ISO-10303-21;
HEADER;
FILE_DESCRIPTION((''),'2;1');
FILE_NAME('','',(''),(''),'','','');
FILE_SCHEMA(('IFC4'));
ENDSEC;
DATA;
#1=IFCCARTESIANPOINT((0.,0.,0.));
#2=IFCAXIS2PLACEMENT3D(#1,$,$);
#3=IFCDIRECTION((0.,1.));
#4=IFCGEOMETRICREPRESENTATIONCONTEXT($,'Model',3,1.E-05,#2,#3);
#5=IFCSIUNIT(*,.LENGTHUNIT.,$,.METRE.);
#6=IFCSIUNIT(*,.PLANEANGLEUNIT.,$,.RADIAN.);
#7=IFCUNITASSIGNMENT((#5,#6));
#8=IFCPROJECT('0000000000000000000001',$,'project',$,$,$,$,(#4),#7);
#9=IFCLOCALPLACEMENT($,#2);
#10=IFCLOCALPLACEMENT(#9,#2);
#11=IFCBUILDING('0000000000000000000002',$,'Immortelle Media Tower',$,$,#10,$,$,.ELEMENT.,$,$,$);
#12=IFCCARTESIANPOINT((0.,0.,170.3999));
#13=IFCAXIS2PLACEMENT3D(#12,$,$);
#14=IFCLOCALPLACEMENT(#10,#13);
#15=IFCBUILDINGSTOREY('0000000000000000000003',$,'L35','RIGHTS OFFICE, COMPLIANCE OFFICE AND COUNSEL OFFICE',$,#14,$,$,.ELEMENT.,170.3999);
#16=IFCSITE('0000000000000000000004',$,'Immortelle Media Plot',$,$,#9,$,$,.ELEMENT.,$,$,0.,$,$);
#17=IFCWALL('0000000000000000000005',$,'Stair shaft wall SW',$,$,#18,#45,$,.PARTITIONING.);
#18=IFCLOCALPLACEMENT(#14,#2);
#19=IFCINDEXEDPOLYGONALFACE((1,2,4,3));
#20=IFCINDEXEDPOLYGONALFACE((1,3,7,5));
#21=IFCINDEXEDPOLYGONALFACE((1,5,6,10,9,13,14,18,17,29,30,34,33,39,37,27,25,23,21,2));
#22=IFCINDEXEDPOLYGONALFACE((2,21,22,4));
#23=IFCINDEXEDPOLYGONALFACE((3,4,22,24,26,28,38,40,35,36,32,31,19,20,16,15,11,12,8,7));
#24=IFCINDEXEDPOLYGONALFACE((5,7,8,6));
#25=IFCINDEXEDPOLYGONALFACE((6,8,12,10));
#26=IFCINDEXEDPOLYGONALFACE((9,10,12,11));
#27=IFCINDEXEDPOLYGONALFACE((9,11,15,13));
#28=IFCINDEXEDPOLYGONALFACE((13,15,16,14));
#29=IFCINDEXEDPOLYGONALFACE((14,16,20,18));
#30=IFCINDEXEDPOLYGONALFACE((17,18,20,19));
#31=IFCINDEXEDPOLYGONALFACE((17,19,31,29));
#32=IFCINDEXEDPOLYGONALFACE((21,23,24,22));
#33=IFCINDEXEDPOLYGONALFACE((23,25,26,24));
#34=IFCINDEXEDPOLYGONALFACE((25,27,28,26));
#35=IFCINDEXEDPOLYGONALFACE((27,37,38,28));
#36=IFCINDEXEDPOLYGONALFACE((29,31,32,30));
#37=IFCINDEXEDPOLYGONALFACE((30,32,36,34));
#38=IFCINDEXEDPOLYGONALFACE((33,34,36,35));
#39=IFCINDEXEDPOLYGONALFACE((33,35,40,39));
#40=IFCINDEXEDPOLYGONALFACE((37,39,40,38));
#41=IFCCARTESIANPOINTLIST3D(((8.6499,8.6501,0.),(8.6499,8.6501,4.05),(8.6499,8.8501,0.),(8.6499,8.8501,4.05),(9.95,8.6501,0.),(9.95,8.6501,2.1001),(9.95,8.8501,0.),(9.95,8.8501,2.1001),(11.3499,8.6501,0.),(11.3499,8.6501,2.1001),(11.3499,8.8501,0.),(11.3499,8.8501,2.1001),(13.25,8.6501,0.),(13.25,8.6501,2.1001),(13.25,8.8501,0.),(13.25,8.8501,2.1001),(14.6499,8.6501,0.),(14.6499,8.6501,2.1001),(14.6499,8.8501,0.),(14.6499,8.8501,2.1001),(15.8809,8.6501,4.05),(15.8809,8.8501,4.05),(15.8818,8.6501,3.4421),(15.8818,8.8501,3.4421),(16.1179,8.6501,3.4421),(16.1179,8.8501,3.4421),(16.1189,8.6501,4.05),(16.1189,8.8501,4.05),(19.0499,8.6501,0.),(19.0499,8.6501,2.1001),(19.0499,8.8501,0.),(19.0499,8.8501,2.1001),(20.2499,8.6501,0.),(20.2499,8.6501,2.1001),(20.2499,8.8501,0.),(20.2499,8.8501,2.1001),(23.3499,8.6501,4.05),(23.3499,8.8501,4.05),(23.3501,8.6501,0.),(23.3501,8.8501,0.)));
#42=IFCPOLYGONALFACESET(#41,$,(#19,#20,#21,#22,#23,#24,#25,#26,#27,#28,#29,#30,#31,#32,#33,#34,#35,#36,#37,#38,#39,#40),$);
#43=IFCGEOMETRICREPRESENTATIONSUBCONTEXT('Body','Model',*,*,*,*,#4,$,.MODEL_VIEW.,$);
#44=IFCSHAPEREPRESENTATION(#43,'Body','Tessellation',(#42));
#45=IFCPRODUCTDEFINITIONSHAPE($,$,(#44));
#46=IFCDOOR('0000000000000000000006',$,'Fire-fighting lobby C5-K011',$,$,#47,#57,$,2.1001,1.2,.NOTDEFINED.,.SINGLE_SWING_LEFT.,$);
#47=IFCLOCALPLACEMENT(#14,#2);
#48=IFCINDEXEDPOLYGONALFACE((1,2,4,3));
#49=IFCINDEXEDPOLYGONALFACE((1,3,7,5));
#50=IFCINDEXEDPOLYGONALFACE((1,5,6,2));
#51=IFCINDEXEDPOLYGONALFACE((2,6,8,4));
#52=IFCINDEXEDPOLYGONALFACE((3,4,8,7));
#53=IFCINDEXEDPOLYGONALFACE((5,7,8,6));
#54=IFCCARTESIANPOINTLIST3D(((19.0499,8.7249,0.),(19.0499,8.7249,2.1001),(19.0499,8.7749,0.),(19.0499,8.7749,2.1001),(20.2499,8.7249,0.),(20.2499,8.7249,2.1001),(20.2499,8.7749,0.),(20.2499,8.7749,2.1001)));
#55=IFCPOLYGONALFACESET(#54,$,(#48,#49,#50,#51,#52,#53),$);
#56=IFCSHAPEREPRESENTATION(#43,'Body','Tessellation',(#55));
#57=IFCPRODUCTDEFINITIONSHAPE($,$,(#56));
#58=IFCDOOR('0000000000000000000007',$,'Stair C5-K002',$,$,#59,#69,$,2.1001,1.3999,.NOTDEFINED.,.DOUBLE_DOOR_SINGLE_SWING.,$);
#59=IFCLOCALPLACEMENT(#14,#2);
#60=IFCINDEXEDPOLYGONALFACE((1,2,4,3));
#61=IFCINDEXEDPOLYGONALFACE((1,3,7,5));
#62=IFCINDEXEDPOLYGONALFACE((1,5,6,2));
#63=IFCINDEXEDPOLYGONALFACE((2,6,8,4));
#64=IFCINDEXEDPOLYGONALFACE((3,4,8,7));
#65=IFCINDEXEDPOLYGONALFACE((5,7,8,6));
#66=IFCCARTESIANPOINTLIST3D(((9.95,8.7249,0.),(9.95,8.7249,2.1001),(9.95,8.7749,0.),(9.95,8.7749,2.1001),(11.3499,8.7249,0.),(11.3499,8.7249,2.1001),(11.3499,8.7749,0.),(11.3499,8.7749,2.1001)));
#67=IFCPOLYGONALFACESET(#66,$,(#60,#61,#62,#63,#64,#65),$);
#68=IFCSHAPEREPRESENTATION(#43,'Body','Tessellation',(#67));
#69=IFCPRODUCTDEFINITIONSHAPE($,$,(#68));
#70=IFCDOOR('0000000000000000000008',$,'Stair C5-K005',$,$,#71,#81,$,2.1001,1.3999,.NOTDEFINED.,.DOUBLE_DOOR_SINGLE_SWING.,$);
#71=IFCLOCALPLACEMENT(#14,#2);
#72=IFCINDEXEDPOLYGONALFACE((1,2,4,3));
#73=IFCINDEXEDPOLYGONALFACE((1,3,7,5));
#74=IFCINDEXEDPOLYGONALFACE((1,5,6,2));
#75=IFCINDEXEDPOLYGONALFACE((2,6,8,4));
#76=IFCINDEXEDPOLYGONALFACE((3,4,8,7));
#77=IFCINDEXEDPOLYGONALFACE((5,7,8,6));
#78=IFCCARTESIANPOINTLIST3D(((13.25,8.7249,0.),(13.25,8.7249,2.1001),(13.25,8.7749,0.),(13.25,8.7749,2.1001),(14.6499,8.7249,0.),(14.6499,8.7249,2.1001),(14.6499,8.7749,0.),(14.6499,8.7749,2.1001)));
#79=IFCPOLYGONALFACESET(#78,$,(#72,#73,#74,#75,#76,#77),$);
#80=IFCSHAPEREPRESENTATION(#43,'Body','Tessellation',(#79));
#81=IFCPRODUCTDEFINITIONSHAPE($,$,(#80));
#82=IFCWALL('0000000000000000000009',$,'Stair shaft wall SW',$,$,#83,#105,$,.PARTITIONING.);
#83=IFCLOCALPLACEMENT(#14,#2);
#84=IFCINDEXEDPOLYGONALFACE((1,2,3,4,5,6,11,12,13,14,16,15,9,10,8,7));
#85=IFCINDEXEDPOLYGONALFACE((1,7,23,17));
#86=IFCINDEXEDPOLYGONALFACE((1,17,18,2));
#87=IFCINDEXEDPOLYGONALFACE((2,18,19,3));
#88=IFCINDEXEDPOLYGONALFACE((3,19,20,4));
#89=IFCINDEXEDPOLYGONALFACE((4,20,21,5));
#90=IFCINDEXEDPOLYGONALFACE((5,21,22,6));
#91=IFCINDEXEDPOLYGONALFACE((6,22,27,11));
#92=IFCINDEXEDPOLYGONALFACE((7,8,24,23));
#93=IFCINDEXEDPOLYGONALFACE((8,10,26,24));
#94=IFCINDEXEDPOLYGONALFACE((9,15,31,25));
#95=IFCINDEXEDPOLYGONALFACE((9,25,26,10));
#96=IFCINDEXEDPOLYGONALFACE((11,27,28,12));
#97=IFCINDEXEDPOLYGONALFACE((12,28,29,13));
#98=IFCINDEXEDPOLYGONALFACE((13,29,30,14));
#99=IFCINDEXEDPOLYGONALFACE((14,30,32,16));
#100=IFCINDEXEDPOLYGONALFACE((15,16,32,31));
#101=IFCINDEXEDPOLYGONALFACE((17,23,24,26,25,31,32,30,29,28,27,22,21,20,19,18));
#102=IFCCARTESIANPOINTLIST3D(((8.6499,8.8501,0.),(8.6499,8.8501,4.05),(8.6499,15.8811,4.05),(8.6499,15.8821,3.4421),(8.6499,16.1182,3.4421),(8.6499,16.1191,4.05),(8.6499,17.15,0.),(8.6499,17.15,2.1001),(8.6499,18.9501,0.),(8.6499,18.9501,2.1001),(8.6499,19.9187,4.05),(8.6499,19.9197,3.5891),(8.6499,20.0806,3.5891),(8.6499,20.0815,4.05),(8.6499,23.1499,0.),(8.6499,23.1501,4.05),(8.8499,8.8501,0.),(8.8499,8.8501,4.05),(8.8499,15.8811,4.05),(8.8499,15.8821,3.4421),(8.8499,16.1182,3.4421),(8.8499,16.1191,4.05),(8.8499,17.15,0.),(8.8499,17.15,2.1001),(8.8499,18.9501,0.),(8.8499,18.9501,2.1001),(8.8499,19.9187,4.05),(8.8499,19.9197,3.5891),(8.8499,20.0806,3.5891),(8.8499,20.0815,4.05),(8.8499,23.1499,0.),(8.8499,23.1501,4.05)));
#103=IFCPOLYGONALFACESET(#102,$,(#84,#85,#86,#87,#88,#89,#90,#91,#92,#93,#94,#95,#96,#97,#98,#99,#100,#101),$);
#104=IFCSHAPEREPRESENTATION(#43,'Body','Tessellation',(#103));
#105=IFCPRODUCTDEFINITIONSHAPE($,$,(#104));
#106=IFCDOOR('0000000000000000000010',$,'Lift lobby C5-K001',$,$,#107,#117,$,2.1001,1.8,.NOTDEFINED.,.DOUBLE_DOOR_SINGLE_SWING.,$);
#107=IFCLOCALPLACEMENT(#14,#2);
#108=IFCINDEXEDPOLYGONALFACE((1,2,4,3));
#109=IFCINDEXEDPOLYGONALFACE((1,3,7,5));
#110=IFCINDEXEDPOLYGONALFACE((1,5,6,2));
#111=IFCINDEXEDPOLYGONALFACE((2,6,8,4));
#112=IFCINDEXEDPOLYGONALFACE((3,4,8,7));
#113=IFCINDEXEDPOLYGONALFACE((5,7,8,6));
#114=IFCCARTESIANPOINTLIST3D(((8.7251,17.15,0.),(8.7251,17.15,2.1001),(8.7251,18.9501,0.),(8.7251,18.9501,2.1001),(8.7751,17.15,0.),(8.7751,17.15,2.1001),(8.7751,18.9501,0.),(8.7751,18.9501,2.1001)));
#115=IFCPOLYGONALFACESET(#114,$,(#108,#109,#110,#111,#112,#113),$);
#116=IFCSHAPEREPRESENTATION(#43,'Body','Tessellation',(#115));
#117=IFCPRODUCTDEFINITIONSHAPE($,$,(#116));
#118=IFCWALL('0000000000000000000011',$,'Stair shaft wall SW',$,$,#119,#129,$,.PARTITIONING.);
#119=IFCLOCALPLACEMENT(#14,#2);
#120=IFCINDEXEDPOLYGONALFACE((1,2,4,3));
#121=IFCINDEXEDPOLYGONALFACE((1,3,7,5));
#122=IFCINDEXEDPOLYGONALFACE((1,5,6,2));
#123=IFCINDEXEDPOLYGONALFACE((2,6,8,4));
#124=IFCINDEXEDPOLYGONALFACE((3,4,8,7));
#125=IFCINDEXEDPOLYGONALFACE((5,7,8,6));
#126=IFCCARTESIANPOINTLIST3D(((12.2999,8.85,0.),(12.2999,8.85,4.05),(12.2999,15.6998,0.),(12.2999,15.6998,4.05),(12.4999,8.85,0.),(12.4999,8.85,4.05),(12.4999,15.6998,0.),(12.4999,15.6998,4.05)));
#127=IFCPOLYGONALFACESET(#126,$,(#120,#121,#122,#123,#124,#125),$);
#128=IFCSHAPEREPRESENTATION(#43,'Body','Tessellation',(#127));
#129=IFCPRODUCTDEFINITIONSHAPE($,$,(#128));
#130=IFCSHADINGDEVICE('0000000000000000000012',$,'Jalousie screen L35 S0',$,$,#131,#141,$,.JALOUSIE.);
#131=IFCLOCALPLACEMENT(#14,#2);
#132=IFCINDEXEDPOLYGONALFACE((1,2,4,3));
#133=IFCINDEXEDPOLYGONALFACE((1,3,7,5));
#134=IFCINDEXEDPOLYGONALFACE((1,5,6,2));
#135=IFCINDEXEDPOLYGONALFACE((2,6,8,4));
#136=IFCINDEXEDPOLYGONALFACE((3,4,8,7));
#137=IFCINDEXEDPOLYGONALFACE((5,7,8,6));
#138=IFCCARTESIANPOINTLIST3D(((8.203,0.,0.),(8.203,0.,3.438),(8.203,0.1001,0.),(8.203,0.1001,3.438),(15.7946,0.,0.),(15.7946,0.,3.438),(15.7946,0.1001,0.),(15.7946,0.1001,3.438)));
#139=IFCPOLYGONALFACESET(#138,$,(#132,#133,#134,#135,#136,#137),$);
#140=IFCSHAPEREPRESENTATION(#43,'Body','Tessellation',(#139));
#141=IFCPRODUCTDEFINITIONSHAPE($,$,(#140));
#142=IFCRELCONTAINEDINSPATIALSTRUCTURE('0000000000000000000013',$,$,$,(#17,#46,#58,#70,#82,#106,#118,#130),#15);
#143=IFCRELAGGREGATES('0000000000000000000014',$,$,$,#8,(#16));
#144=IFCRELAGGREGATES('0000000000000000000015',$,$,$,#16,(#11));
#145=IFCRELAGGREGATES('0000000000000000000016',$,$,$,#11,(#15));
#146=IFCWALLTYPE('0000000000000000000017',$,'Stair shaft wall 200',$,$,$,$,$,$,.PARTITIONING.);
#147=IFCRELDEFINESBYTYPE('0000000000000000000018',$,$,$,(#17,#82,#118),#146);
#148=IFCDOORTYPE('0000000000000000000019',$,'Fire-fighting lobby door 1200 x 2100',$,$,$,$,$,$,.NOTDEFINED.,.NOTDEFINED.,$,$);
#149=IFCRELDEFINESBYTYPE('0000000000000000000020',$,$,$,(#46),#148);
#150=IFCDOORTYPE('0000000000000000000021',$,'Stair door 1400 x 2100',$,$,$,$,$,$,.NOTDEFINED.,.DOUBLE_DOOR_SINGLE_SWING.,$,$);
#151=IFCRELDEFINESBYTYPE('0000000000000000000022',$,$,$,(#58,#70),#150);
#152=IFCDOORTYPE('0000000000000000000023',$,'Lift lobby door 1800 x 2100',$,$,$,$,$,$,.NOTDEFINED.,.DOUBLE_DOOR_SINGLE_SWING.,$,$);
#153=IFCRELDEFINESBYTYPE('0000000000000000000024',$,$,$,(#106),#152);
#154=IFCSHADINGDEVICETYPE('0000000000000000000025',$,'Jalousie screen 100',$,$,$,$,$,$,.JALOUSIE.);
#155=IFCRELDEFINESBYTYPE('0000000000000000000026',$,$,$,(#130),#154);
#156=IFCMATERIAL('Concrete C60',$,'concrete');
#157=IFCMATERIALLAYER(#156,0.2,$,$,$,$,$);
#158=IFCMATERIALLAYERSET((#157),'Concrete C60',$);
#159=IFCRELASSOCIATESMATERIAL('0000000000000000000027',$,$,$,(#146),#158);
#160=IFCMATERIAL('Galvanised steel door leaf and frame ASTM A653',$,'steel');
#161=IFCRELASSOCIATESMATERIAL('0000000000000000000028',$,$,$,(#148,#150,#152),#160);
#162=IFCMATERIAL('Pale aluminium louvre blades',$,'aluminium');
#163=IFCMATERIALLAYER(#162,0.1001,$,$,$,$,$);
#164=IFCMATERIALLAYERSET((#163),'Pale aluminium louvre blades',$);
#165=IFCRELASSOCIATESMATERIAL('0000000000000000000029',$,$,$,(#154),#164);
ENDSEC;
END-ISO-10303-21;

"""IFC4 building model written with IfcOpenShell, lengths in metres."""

from ifc_helpers import new_model, si_unit, direction, frame, frame_2d, origin, origin_2d, place, context, subcontext, project, spatial, polyline, rectangle, outline, extrude, material, layer, layer_set, type_object, element, fill, save


model = new_model("IFC4")

# Units and contexts
model_context = context("Model", 3, precision=1e-05, world=origin(), true_north=direction((0.0, 1.0)))
body_context = subcontext(model_context, "Body", "Model", "MODEL_VIEW")
ifc_project = project(units=[si_unit("LENGTHUNIT", "METRE"), si_unit("PLANEANGLEUNIT", "RADIAN")], contexts=[model_context])

# Site, building, storey
site_placement = place(None, origin())
site = spatial("IfcSite", under=ifc_project, at=site_placement, Name="Immortelle Media Plot", CompositionType="ELEMENT", RefElevation=0.0)
building_placement = place(site_placement, origin())
building = spatial("IfcBuilding", under=site, at=building_placement, Name="Immortelle Media Tower", CompositionType="ELEMENT")
storey_placement = place(building_placement, frame((0.0, 0.0, 170.3999)))
storey = spatial("IfcBuildingStorey", under=building, at=storey_placement, Name="L35", Description="RIGHTS OFFICE, COMPLIANCE OFFICE AND COUNSEL OFFICE", CompositionType="ELEMENT", Elevation=170.3999)

# Wall, openings, doors
ifc_material_1 = material(Name="Concrete C60", Category="concrete")
ifc_layer_1 = layer(ifc_material_1, 0.2)
ifc_layer_set_1 = layer_set([ifc_layer_1], Name="Concrete C60")
wall_type_1 = type_object("IfcWallType", Name="Stair shaft wall 200", PredefinedType="PARTITIONING", material=ifc_layer_set_1)
wall_1_placement = place(storey_placement, frame((8.6499, 8.75, 0.0), z_axis=(0.0, 0.0, 1.0), x_axis=(1.0, 0.0, 0.0)))
wall_1 = element("IfcWall", 1, at=wall_1_placement, inside=storey, type_object=wall_type_1, Name="Stair shaft wall SW", PredefinedType="PARTITIONING", context=body_context, shape_type="SweptSolid", body=[
    extrude(outline(polyline([(0.0, 0.0), (14.7002, 0.0), (14.7, 4.05), (7.469, 4.05), (7.468, 3.4421), (7.2319, 3.4421), (7.231, 4.05), (0.0, 4.05), (0.0, 0.0)])), frame((0.0, 0.1001, 0.0), z_axis=(0.0, -1.0, 0.0), x_axis=(1.0, 0.0, 0.0)), (0.0, 0.0, 1.0), 0.2),
])
opening_1_placement = place(wall_1_placement, frame((1.3, 0.0, 0.0)))
opening_1 = element("IfcOpeningElement", 2, at=opening_1_placement, cuts=wall_1, PredefinedType="OPENING", context=body_context, shape_type="SweptSolid", body=[
    extrude(rectangle(XDim=1.3999, YDim=2.1001, at=frame_2d((0.7, 1.05))), frame((0.0, 0.1099, 0.0), z_axis=(0.0, -1.0, 0.0), x_axis=(1.0, 0.0, 0.0)), (0.0, 0.0, 1.0), 0.22),
])
opening_2_placement = place(wall_1_placement, frame((4.6001, 0.0, 0.0)))
opening_2 = element("IfcOpeningElement", 3, at=opening_2_placement, cuts=wall_1, PredefinedType="OPENING", context=body_context, shape_type="SweptSolid", body=[
    extrude(rectangle(XDim=1.3999, YDim=2.1001, at=frame_2d((0.7, 1.05))), frame((0.0, 0.1099, 0.0), z_axis=(0.0, -1.0, 0.0), x_axis=(1.0, 0.0, 0.0)), (0.0, 0.0, 1.0), 0.22),
])
opening_3_placement = place(wall_1_placement, frame((10.3999, 0.0, 0.0)))
opening_3 = element("IfcOpeningElement", 4, at=opening_3_placement, cuts=wall_1, PredefinedType="OPENING", context=body_context, shape_type="SweptSolid", body=[
    extrude(rectangle(XDim=1.2, YDim=2.1001, at=frame_2d((0.6001, 1.05))), frame((0.0, 0.1099, 0.0), z_axis=(0.0, -1.0, 0.0), x_axis=(1.0, 0.0, 0.0)), (0.0, 0.0, 1.0), 0.22),
])
ifc_material_2 = material(Name="Galvanised steel door leaf and frame ASTM A653", Category="steel")
door_type_1 = type_object("IfcDoorType", Name="Fire-fighting lobby door 1200 x 2100", OperationType="NOTDEFINED", PredefinedType="NOTDEFINED", material=ifc_material_2)
door_1_placement = place(opening_3_placement, origin())
door_1 = element("IfcDoor", 5, at=door_1_placement, inside=storey, type_object=door_type_1, Name="Fire-fighting lobby C5-K011", OperationType="SINGLE_SWING_LEFT", OverallHeight=2.1001, OverallWidth=1.2, PredefinedType="NOTDEFINED", context=body_context, shape_type="SweptSolid", body=[
    extrude(rectangle(XDim=1.2, YDim=2.1001, at=frame_2d((0.6001, 1.05))), frame((0.0, 0.0249, 0.0), z_axis=(0.0, -1.0, 0.0), x_axis=(1.0, 0.0, 0.0)), (0.0, 0.0, 1.0), 0.05),
])
fill(opening_3, door_1)
door_type_2 = type_object("IfcDoorType", Name="Stair door 1400 x 2100", OperationType="DOUBLE_DOOR_SINGLE_SWING", PredefinedType="NOTDEFINED", material=ifc_material_2)
door_2_placement = place(opening_1_placement, origin())
door_2 = element("IfcDoor", 6, at=door_2_placement, inside=storey, type_object=door_type_2, Name="Stair C5-K002", OperationType="DOUBLE_DOOR_SINGLE_SWING", OverallHeight=2.1001, OverallWidth=1.3999, PredefinedType="NOTDEFINED", context=body_context, shape_type="SweptSolid", body=[
    extrude(rectangle(XDim=1.3999, YDim=2.1001, at=frame_2d((0.7, 1.05))), frame((0.0, 0.0249, 0.0), z_axis=(0.0, -1.0, 0.0), x_axis=(1.0, 0.0, 0.0)), (0.0, 0.0, 1.0), 0.05),
])
fill(opening_1, door_2)
door_3_placement = place(opening_2_placement, origin())
door_3 = element("IfcDoor", 7, at=door_3_placement, inside=storey, type_object=door_type_2, Name="Stair C5-K005", OperationType="DOUBLE_DOOR_SINGLE_SWING", OverallHeight=2.1001, OverallWidth=1.3999, PredefinedType="NOTDEFINED", context=body_context, shape_type="SweptSolid", body=[
    extrude(rectangle(XDim=1.3999, YDim=2.1001, at=frame_2d((0.7, 1.05))), frame((0.0, 0.0249, 0.0), z_axis=(0.0, -1.0, 0.0), x_axis=(1.0, 0.0, 0.0)), (0.0, 0.0, 1.0), 0.05),
])
fill(opening_2, door_3)

# Wall, opening, door
wall_2_placement = place(storey_placement, frame((8.75, 8.8501, 0.0), z_axis=(0.0, 0.0, 1.0), x_axis=(0.0, 1.0, 0.0)))
wall_2 = element("IfcWall", 8, at=wall_2_placement, inside=storey, type_object=wall_type_1, Name="Stair shaft wall SW", PredefinedType="PARTITIONING", context=body_context, shape_type="SweptSolid", body=[
    extrude(outline(polyline([(0.0, 0.0), (14.2998, 0.0), (14.3, 4.05), (11.2314, 4.05), (11.2305, 3.5891), (11.0696, 3.5891), (11.0686, 4.05), (7.269, 4.05), (7.2681, 3.4421), (7.032, 3.4421), (7.031, 4.05), (0.0, 4.05), (0.0, 0.0)])), frame((0.0, 0.1001, 0.0), z_axis=(0.0, -1.0, 0.0), x_axis=(1.0, 0.0, 0.0)), (0.0, 0.0, 1.0), 0.2),
])
opening_4_placement = place(wall_2_placement, frame((8.3, 0.0, 0.0)))
opening_4 = element("IfcOpeningElement", 9, at=opening_4_placement, cuts=wall_2, PredefinedType="OPENING", context=body_context, shape_type="SweptSolid", body=[
    extrude(rectangle(XDim=1.8, YDim=2.1001, at=frame_2d((0.8999, 1.05))), frame((0.0, 0.1099, 0.0), z_axis=(0.0, -1.0, 0.0), x_axis=(1.0, 0.0, 0.0)), (0.0, 0.0, 1.0), 0.22),
])
door_type_3 = type_object("IfcDoorType", Name="Lift lobby door 1800 x 2100", OperationType="DOUBLE_DOOR_SINGLE_SWING", PredefinedType="NOTDEFINED", material=ifc_material_2)
door_4_placement = place(opening_4_placement, origin())
door_4 = element("IfcDoor", 10, at=door_4_placement, inside=storey, type_object=door_type_3, Name="Lift lobby C5-K001", OperationType="DOUBLE_DOOR_SINGLE_SWING", OverallHeight=2.1001, OverallWidth=1.8, PredefinedType="NOTDEFINED", context=body_context, shape_type="SweptSolid", body=[
    extrude(rectangle(XDim=1.8, YDim=2.1001, at=frame_2d((0.8999, 1.05))), frame((0.0, 0.0249, 0.0), z_axis=(0.0, -1.0, 0.0), x_axis=(1.0, 0.0, 0.0)), (0.0, 0.0, 1.0), 0.05),
])
fill(opening_4, door_4)

# Wall
wall_3_placement = place(storey_placement, frame((12.3999, 8.8501, 0.0), z_axis=(0.0, 0.0, 1.0), x_axis=(0.0, 1.0, 0.0)))
element("IfcWall", 11, at=wall_3_placement, inside=storey, type_object=wall_type_1, Name="Stair shaft wall SW", PredefinedType="PARTITIONING", context=body_context, shape_type="SweptSolid", body=[
    extrude(rectangle(XDim=6.8499, YDim=0.2, at=frame_2d((3.4248, 0.0))), origin(), (0.0, 0.0, 1.0), 4.05),
])

# Shading device
ifc_material_3 = material(Name="Pale aluminium louvre blades", Category="aluminium")
ifc_layer_2 = layer(ifc_material_3, 0.1001)
ifc_layer_set_2 = layer_set([ifc_layer_2], Name="Pale aluminium louvre blades")
shading_device_type = type_object("IfcShadingDeviceType", Name="Jalousie screen 100", PredefinedType="JALOUSIE", material=ifc_layer_set_2)
shading_device_placement = place(storey_placement, frame((11.9988, 0.05, 0.0), z_axis=(0.0, 0.0, 1.0), x_axis=(1.0, 0.0, 0.0)))
element("IfcShadingDevice", 12, at=shading_device_placement, inside=storey, type_object=shading_device_type, Name="Jalousie screen L35 S0", PredefinedType="JALOUSIE", context=body_context, shape_type="SweptSolid", body=[
    extrude(rectangle(XDim=7.5916, YDim=0.1001, at=origin_2d()), origin(), (0.0, 0.0, 1.0), 3.438),
])

save(model, "model.ifc")
